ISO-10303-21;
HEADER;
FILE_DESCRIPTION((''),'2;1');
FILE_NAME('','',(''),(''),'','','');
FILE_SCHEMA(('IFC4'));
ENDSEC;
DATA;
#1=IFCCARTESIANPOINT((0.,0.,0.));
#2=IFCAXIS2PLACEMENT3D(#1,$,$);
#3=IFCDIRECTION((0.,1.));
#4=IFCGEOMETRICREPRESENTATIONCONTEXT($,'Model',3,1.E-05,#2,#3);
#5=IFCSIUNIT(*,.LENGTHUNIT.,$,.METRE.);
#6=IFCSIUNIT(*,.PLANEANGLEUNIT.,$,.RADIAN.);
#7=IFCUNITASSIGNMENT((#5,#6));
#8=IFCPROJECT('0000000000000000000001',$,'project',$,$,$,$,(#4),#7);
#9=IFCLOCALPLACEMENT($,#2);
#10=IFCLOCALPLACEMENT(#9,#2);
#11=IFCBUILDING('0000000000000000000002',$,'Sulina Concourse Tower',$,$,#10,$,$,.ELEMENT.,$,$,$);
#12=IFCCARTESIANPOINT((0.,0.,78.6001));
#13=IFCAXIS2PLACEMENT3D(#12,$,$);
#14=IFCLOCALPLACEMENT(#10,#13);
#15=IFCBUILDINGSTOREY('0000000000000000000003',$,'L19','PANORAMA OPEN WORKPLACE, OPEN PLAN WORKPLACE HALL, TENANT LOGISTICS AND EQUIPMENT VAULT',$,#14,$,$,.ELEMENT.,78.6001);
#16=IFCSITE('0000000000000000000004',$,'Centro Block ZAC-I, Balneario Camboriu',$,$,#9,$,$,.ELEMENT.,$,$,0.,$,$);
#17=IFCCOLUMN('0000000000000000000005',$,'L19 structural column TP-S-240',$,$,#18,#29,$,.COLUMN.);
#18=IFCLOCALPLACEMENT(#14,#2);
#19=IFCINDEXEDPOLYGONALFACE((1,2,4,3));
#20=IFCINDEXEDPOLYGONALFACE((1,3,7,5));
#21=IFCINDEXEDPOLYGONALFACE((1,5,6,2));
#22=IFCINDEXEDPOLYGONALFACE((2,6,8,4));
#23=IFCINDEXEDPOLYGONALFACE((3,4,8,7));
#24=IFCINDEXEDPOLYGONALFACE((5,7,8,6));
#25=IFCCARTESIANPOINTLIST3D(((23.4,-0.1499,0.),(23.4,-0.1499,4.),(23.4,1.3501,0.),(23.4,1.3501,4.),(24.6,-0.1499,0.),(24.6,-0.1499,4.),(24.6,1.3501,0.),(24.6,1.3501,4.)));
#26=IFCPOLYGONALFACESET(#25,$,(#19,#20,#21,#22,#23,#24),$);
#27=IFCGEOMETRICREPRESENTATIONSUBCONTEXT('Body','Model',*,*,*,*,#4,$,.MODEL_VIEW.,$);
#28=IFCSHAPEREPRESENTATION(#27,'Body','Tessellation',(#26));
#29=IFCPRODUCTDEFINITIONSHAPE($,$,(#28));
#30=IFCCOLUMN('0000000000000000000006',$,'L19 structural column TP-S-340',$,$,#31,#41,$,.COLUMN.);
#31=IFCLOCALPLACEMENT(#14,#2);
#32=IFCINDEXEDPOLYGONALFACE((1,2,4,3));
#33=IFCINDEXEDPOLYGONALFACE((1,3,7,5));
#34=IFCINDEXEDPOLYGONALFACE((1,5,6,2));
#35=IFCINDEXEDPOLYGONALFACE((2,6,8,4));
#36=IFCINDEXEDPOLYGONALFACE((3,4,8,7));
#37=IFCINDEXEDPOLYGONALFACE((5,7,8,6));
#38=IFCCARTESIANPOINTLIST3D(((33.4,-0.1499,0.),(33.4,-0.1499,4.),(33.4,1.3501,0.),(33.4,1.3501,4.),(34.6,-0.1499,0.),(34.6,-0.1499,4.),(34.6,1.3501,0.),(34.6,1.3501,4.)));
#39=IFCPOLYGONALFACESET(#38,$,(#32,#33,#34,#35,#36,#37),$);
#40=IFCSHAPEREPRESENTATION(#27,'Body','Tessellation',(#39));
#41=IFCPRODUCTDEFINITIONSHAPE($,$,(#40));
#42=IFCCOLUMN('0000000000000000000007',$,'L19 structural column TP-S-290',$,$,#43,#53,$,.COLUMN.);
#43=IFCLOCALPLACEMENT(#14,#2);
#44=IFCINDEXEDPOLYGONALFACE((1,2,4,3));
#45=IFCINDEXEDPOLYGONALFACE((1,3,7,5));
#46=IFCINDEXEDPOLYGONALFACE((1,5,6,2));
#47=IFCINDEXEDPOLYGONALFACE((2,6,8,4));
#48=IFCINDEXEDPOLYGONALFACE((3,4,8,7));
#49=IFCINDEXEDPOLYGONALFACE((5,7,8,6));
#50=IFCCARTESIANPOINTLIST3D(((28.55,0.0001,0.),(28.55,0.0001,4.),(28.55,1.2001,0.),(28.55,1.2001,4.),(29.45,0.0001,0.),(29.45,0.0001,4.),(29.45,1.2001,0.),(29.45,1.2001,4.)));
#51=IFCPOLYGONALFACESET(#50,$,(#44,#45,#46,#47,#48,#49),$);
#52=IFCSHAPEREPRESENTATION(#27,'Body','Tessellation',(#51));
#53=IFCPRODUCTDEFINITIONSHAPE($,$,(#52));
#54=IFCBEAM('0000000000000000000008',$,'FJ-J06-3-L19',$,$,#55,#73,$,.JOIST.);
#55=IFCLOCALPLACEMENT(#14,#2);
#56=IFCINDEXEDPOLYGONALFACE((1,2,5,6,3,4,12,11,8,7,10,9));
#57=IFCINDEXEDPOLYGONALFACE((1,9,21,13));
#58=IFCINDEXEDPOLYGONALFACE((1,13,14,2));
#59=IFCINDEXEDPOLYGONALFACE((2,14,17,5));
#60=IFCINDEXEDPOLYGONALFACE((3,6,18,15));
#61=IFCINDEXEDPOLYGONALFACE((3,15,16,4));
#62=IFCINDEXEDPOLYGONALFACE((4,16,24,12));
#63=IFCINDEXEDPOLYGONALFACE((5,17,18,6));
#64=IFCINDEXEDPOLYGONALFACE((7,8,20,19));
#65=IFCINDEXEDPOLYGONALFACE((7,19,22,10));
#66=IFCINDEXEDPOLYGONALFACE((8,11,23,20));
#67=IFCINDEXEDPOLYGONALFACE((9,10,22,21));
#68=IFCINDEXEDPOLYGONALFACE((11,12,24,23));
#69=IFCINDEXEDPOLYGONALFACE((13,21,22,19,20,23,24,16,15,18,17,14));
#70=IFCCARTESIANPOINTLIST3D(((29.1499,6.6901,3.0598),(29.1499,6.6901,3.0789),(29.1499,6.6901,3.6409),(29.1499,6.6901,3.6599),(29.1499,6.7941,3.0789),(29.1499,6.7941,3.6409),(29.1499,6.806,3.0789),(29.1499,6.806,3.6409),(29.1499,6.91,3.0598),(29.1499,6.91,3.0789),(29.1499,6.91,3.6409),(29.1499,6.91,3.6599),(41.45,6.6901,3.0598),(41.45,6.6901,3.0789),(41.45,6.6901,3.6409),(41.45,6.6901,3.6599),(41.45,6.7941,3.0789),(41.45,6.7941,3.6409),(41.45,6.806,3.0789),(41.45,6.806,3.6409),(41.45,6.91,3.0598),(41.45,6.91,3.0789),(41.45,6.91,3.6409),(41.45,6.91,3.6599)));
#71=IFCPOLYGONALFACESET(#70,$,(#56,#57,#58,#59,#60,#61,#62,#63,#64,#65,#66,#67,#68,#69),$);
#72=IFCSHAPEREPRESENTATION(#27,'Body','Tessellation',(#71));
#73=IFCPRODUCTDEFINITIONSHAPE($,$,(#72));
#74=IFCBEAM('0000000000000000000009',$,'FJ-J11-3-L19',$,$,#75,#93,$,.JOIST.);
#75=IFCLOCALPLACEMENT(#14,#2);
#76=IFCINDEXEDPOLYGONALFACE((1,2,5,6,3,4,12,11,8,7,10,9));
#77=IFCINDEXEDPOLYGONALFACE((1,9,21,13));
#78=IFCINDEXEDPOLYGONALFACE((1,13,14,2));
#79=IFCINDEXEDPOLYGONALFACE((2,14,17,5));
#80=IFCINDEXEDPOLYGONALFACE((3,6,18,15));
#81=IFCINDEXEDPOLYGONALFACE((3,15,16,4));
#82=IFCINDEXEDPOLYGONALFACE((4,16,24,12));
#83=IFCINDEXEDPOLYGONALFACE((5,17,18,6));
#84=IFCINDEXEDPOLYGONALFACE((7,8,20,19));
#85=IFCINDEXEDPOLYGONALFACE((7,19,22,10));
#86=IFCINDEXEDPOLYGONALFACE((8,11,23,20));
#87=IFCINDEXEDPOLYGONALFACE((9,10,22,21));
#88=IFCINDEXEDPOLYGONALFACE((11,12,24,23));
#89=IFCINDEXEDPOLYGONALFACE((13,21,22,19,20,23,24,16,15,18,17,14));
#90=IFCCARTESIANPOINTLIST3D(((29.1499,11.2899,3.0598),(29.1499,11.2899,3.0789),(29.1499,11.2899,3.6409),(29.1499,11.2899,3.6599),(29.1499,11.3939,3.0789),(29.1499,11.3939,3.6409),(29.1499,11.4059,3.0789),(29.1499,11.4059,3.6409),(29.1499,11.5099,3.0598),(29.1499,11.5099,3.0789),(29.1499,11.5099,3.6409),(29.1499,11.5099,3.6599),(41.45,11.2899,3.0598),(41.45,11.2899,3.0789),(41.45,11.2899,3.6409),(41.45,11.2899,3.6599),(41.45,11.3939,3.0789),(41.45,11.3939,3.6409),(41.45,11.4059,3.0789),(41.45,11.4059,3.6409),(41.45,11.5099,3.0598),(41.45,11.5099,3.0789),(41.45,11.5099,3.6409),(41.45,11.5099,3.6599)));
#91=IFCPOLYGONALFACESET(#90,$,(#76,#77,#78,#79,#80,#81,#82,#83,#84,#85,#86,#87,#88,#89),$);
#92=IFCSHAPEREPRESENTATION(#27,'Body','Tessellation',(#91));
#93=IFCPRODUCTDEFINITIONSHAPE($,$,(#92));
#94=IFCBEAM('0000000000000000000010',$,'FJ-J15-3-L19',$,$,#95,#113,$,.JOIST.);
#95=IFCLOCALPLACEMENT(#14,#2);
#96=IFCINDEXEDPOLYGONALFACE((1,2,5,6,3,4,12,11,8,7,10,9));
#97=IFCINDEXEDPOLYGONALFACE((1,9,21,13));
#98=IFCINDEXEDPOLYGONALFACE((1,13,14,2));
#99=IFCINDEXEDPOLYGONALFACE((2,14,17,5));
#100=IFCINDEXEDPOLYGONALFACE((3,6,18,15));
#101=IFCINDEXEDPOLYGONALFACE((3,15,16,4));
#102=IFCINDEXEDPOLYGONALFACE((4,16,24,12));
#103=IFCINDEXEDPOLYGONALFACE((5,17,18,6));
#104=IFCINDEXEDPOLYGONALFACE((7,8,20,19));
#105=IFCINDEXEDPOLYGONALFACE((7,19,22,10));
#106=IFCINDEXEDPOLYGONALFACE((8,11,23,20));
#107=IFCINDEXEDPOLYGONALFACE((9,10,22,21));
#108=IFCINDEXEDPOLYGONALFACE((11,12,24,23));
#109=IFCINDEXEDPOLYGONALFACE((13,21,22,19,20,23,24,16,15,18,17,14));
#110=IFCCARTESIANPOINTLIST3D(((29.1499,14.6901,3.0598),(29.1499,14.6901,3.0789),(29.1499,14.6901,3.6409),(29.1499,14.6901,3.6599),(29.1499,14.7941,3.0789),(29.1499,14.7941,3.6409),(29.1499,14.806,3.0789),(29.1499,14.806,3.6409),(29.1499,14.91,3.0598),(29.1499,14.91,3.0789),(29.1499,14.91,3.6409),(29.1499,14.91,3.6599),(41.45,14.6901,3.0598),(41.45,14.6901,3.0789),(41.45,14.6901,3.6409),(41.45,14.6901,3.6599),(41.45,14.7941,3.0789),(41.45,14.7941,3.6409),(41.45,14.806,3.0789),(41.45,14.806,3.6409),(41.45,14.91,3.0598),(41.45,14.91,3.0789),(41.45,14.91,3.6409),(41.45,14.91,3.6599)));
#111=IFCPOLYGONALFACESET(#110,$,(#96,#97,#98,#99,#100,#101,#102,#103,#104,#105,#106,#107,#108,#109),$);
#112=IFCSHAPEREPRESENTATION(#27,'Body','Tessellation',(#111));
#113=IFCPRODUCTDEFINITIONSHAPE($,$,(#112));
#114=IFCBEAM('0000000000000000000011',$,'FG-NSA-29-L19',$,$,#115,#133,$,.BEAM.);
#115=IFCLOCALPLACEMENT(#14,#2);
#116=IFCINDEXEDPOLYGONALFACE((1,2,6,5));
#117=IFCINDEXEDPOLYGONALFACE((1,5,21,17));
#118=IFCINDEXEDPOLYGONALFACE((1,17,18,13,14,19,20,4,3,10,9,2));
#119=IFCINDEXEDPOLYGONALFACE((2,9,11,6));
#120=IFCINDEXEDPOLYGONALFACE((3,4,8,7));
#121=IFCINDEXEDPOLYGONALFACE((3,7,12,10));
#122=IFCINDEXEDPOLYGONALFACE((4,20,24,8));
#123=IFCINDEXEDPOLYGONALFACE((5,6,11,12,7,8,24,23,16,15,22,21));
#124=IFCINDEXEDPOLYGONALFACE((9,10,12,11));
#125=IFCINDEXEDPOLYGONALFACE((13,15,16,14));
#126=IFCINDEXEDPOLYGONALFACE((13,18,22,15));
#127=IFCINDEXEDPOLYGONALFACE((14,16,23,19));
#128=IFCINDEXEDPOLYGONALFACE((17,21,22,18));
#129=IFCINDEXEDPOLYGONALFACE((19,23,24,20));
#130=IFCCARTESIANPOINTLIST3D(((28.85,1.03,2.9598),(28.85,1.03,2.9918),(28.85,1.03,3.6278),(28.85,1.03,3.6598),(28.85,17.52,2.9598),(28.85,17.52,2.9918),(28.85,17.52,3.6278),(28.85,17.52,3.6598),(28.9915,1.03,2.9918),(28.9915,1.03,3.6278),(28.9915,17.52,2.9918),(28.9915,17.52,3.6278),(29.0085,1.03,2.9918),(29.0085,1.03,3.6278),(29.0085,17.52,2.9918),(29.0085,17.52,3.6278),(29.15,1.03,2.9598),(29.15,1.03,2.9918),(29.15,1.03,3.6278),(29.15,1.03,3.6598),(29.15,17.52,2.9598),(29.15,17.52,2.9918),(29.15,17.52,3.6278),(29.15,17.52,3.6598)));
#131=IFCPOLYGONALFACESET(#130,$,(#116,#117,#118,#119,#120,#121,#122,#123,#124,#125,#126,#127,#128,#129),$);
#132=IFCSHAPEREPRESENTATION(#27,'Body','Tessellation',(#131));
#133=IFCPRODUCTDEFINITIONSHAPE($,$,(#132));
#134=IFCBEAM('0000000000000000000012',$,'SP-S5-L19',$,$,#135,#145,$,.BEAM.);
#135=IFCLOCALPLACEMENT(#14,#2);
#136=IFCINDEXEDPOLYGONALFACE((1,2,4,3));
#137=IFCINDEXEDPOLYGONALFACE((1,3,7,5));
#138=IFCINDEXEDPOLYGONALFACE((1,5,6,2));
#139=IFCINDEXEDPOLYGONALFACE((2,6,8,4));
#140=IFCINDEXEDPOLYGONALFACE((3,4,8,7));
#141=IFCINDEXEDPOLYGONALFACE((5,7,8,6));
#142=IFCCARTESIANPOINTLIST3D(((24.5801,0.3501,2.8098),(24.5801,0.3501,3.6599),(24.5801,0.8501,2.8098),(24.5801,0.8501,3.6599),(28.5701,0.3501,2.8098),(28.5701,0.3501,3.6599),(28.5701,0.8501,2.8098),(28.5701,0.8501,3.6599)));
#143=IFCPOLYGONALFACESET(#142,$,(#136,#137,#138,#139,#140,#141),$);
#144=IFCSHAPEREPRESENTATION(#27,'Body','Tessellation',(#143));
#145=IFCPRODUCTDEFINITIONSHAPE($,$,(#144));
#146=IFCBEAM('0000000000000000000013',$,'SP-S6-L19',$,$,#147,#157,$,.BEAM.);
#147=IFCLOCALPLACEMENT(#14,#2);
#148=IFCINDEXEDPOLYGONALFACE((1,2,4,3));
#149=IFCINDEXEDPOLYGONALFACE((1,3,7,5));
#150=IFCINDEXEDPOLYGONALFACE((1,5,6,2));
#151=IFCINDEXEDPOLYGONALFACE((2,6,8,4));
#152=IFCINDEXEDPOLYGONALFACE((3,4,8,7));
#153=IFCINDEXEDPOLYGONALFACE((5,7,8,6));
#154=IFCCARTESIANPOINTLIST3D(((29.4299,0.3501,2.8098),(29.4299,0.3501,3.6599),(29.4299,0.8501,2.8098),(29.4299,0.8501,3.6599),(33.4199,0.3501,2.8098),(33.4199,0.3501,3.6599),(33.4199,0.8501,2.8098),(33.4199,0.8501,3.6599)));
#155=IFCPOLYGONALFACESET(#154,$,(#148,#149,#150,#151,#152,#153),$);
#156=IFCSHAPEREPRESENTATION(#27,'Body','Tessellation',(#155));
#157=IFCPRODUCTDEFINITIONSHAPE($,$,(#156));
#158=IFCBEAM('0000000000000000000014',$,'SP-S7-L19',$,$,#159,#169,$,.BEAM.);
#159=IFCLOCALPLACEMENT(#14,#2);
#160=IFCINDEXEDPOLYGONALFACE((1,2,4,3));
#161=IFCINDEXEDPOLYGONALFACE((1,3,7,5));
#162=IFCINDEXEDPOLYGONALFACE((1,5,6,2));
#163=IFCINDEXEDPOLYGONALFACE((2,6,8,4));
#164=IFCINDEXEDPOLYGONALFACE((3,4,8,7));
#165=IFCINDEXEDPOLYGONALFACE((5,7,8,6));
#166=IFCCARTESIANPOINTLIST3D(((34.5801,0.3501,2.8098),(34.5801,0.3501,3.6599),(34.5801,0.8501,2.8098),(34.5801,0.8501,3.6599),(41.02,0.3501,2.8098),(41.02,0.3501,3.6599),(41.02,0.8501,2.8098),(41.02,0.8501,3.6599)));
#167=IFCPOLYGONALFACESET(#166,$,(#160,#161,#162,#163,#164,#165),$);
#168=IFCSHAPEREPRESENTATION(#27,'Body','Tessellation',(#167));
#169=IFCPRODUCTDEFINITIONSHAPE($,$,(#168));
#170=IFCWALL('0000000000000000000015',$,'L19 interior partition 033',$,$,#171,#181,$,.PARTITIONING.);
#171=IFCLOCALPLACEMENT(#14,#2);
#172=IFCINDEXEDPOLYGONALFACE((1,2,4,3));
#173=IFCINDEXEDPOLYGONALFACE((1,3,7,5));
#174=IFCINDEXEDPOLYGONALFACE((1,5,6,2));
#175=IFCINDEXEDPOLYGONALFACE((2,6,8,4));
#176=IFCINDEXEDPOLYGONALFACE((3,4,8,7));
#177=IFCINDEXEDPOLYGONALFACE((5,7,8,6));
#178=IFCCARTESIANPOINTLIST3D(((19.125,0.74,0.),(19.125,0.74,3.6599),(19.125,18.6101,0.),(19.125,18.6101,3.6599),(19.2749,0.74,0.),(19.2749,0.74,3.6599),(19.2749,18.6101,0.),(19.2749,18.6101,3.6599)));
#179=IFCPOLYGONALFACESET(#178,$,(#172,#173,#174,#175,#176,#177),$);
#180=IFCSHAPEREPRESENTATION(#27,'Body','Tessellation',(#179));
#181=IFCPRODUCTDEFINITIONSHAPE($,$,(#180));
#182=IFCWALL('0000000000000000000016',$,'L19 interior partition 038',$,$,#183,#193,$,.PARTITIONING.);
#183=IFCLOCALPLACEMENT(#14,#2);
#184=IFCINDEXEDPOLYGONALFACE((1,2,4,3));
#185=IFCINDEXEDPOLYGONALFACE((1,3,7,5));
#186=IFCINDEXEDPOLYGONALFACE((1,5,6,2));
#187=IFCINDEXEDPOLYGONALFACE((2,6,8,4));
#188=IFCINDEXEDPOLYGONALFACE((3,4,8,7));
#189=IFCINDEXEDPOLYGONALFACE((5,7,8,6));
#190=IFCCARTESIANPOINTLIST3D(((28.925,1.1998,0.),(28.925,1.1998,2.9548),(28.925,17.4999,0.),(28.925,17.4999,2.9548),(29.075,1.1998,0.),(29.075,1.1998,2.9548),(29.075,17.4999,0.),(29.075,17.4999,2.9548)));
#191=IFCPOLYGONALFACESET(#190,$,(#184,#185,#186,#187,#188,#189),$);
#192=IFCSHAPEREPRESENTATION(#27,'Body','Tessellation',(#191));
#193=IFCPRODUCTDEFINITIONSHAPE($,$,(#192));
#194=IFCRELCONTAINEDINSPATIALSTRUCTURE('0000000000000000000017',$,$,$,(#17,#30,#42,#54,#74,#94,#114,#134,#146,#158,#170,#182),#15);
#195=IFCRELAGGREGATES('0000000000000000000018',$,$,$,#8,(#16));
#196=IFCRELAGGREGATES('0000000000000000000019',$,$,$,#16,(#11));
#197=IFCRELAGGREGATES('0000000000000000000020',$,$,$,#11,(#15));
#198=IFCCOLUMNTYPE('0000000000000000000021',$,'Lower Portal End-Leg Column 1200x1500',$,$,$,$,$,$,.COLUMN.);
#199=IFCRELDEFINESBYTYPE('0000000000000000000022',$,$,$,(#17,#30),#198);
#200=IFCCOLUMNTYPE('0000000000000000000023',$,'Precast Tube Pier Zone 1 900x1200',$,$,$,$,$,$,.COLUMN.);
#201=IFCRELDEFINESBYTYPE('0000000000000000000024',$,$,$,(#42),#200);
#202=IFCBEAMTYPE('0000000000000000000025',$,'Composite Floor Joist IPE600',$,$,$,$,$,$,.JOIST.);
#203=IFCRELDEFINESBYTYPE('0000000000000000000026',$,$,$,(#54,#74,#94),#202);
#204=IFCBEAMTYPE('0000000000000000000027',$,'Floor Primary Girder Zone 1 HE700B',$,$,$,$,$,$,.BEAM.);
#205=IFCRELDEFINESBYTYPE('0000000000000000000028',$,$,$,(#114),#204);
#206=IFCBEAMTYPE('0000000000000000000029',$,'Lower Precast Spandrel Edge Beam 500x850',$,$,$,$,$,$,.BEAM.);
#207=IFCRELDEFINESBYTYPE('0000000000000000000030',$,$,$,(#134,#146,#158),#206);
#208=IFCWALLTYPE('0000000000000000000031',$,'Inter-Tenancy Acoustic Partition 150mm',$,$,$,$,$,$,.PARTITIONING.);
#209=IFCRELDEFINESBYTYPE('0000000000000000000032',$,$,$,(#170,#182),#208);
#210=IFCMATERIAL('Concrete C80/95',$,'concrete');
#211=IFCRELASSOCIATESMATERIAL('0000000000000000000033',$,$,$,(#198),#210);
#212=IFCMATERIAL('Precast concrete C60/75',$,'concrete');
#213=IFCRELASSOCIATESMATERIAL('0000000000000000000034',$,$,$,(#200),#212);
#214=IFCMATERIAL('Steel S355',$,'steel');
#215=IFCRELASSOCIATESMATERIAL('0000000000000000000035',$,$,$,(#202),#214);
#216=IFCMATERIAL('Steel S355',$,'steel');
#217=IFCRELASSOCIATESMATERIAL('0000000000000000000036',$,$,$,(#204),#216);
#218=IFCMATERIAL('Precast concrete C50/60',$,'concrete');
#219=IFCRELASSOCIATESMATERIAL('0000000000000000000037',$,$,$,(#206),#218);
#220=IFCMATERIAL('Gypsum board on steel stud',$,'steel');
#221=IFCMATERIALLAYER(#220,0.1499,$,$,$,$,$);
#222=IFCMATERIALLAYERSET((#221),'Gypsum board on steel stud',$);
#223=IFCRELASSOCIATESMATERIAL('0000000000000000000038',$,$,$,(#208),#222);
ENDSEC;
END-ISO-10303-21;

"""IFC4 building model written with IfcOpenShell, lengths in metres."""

from ifc_helpers import new_model, si_unit, direction, frame, frame_2d, origin, origin_2d, place, context, subcontext, project, spatial, rectangle, i_section, extrude, material, layer, layer_set, material_profile, profile_set, type_object, element, save


model = new_model("IFC4")

# Units and contexts
model_context = context("Model", 3, precision=1e-05, world=origin(), true_north=direction((0.0, 1.0)))
body_context = subcontext(model_context, "Body", "Model", "MODEL_VIEW")
ifc_project = project(units=[si_unit("LENGTHUNIT", "METRE"), si_unit("PLANEANGLEUNIT", "RADIAN")], contexts=[model_context])

# Site, building, storey
site_placement = place(None, origin())
site = spatial("IfcSite", under=ifc_project, at=site_placement, Name="Centro Block ZAC-I, Balneario Camboriu", CompositionType="ELEMENT", RefElevation=0.0)
building_placement = place(site_placement, origin())
building = spatial("IfcBuilding", under=site, at=building_placement, Name="Sulina Concourse Tower", CompositionType="ELEMENT")
storey_placement = place(building_placement, frame((0.0, 0.0, 78.6001)))
storey = spatial("IfcBuildingStorey", under=building, at=storey_placement, Name="L19", Description="PANORAMA OPEN WORKPLACE, OPEN PLAN WORKPLACE HALL, TENANT LOGISTICS AND EQUIPMENT VAULT", CompositionType="ELEMENT", Elevation=78.6001)

# Columns
ifc_material_1 = material(Name="Concrete C80/95", Category="concrete")
ifc_material_profile_1 = material_profile(ifc_material_1, rectangle(XDim=1.2, YDim=1.5, at=origin_2d()), Name="RC 1200x1500")
ifc_profile_set_1 = profile_set([ifc_material_profile_1], Name="Concrete C80/95")
column_type_1 = type_object("IfcColumnType", Name="Lower Portal End-Leg Column 1200x1500", PredefinedType="COLUMN", material=ifc_profile_set_1)
for number, where, z_axis, x_axis, name in (
    (1, (24.0, 0.6001, 0.0), (0.0, 0.0, 1.0), (1.0, 0.0, 0.0), "L19 structural column TP-S-240"),
    (2, (34.0, 0.6001, 0.0), (0.0, 0.0, 1.0), (1.0, 0.0, 0.0), "L19 structural column TP-S-340"),
):
    element("IfcColumn", number, at=place(storey_placement, frame(where, z_axis=z_axis, x_axis=x_axis)), inside=storey, type_object=column_type_1, Name=name, PredefinedType="COLUMN", context=body_context, shape_type="SweptSolid", body=[
        extrude(rectangle(XDim=1.2, YDim=1.5, at=origin_2d()), origin(), (0.0, 0.0, 1.0), 4.0),
    ])
ifc_material_2 = material(Name="Precast concrete C60/75", Category="concrete")
ifc_material_profile_2 = material_profile(ifc_material_2, rectangle(XDim=0.8999, YDim=1.2, at=origin_2d()), Name="PC 900x1200")
ifc_profile_set_2 = profile_set([ifc_material_profile_2], Name="Precast concrete C60/75")
column_type_2 = type_object("IfcColumnType", Name="Precast Tube Pier Zone 1 900x1200", PredefinedType="COLUMN", material=ifc_profile_set_2)
column_placement = place(storey_placement, frame((29.0, 0.6001, 0.0), z_axis=(0.0, 0.0, 1.0), x_axis=(1.0, 0.0, 0.0)))
element("IfcColumn", 3, at=column_placement, inside=storey, type_object=column_type_2, Name="L19 structural column TP-S-290", PredefinedType="COLUMN", context=body_context, shape_type="SweptSolid", body=[
    extrude(rectangle(XDim=0.8999, YDim=1.2, at=origin_2d()), origin(), (0.0, 0.0, 1.0), 4.0),
])

# Beams
ifc_material_3 = material(Name="Steel S355", Category="steel")
ifc_material_profile_3 = material_profile(ifc_material_3, i_section(OverallWidth=0.22, OverallDepth=0.6001, WebThickness=0.012, FlangeThickness=0.019, at=origin_2d()), Name="IPE 600")
ifc_profile_set_3 = profile_set([ifc_material_profile_3], Name="Steel S355")
beam_type_1 = type_object("IfcBeamType", Name="Composite Floor Joist IPE600", PredefinedType="JOIST", material=ifc_profile_set_3)
for number, where, z_axis, x_axis, name in (
    (4, (29.1499, 6.8, 3.3599), (1.0, 0.0, 0.0), (0.0, 1.0, 0.0), "FJ-J06-3-L19"),
    (5, (29.1499, 11.3999, 3.3599), (1.0, 0.0, 0.0), (0.0, 1.0, 0.0), "FJ-J11-3-L19"),
    (6, (29.1499, 14.8, 3.3599), (1.0, 0.0, 0.0), (0.0, 1.0, 0.0), "FJ-J15-3-L19"),
):
    element("IfcBeam", number, at=place(storey_placement, frame(where, z_axis=z_axis, x_axis=x_axis)), inside=storey, type_object=beam_type_1, Name=name, PredefinedType="JOIST", context=body_context, shape_type="SweptSolid", body=[
        extrude(i_section(OverallWidth=0.22, OverallDepth=0.6001, WebThickness=0.012, FlangeThickness=0.019, at=origin_2d()), origin(), (0.0, 0.0, 1.0), 12.3),
    ])
ifc_material_4 = material(Name="Steel S355", Category="steel")
ifc_material_profile_4 = material_profile(ifc_material_4, i_section(OverallWidth=0.3, OverallDepth=0.7, WebThickness=0.0171, FlangeThickness=0.032, at=origin_2d()), Name="HE 700 B")
ifc_profile_set_4 = profile_set([ifc_material_profile_4], Name="Steel S355")
beam_type_2 = type_object("IfcBeamType", Name="Floor Primary Girder Zone 1 HE700B", PredefinedType="BEAM", material=ifc_profile_set_4)
beam_1_placement = place(storey_placement, frame((29.0, 1.03, 3.3098), z_axis=(0.0, 1.0, 0.0), x_axis=(-1.0, 0.0, 0.0)))
element("IfcBeam", 7, at=beam_1_placement, inside=storey, type_object=beam_type_2, Name="FG-NSA-29-L19", PredefinedType="BEAM", context=body_context, shape_type="SweptSolid", body=[
    extrude(i_section(OverallWidth=0.3, OverallDepth=0.7, WebThickness=0.0171, FlangeThickness=0.032, at=origin_2d()), origin(), (0.0, 0.0, 1.0), 16.49),
])
ifc_material_5 = material(Name="Precast concrete C50/60", Category="concrete")
ifc_material_profile_5 = material_profile(ifc_material_5, rectangle(XDim=0.5, YDim=0.8501, at=origin_2d()), Name="RC 500x850")
ifc_profile_set_5 = profile_set([ifc_material_profile_5], Name="Precast concrete C50/60")
beam_type_3 = type_object("IfcBeamType", Name="Lower Precast Spandrel Edge Beam 500x850", PredefinedType="BEAM", material=ifc_profile_set_5)
for number, where, z_axis, x_axis, name in (
    (8, (24.5801, 0.6001, 3.2349), (1.0, 0.0, 0.0), (0.0, 1.0, 0.0), "SP-S5-L19"),
    (9, (29.4299, 0.6001, 3.2349), (1.0, 0.0, 0.0), (0.0, 1.0, 0.0), "SP-S6-L19"),
):
    element("IfcBeam", number, at=place(storey_placement, frame(where, z_axis=z_axis, x_axis=x_axis)), inside=storey, type_object=beam_type_3, Name=name, PredefinedType="BEAM", context=body_context, shape_type="SweptSolid", body=[
        extrude(rectangle(XDim=0.5, YDim=0.8501, at=origin_2d()), origin(), (0.0, 0.0, 1.0), 3.99),
    ])
beam_2_placement = place(storey_placement, frame((34.5801, 0.6001, 3.2349), z_axis=(1.0, 0.0, 0.0), x_axis=(0.0, 1.0, 0.0)))
element("IfcBeam", 10, at=beam_2_placement, inside=storey, type_object=beam_type_3, Name="SP-S7-L19", PredefinedType="BEAM", context=body_context, shape_type="SweptSolid", body=[
    extrude(rectangle(XDim=0.5, YDim=0.8501, at=origin_2d()), origin(), (0.0, 0.0, 1.0), 6.4399),
])

# Walls
ifc_material_6 = material(Name="Gypsum board on steel stud", Category="steel")
ifc_layer_1 = layer(ifc_material_6, 0.1499)
ifc_layer_set_1 = layer_set([ifc_layer_1], Name="Gypsum board on steel stud")
wall_type_1 = type_object("IfcWallType", Name="Inter-Tenancy Acoustic Partition 150mm", PredefinedType="PARTITIONING", material=ifc_layer_set_1)
wall_1_placement = place(storey_placement, frame((19.2, 0.74, 0.0), z_axis=(0.0, 0.0, 1.0), x_axis=(0.0, 1.0, 0.0)))
element("IfcWall", 11, at=wall_1_placement, inside=storey, type_object=wall_type_1, Name="L19 interior partition 033", PredefinedType="PARTITIONING", context=body_context, shape_type="SweptSolid", body=[
    extrude(rectangle(XDim=17.8701, YDim=0.1499, at=frame_2d((8.9351, 0.0))), origin(), (0.0, 0.0, 1.0), 3.6599),
])
wall_2_placement = place(storey_placement, frame((29.0, 1.2, 0.0), z_axis=(0.0, 0.0, 1.0), x_axis=(0.0, 1.0, 0.0)))
element("IfcWall", 12, at=wall_2_placement, inside=storey, type_object=wall_type_1, Name="L19 interior partition 038", PredefinedType="PARTITIONING", context=body_context, shape_type="SweptSolid", body=[
    extrude(rectangle(XDim=16.3, YDim=0.1499, at=frame_2d((8.1499, 0.0))), origin(), (0.0, 0.0, 1.0), 2.9548),
])

save(model, "model.ifc")
